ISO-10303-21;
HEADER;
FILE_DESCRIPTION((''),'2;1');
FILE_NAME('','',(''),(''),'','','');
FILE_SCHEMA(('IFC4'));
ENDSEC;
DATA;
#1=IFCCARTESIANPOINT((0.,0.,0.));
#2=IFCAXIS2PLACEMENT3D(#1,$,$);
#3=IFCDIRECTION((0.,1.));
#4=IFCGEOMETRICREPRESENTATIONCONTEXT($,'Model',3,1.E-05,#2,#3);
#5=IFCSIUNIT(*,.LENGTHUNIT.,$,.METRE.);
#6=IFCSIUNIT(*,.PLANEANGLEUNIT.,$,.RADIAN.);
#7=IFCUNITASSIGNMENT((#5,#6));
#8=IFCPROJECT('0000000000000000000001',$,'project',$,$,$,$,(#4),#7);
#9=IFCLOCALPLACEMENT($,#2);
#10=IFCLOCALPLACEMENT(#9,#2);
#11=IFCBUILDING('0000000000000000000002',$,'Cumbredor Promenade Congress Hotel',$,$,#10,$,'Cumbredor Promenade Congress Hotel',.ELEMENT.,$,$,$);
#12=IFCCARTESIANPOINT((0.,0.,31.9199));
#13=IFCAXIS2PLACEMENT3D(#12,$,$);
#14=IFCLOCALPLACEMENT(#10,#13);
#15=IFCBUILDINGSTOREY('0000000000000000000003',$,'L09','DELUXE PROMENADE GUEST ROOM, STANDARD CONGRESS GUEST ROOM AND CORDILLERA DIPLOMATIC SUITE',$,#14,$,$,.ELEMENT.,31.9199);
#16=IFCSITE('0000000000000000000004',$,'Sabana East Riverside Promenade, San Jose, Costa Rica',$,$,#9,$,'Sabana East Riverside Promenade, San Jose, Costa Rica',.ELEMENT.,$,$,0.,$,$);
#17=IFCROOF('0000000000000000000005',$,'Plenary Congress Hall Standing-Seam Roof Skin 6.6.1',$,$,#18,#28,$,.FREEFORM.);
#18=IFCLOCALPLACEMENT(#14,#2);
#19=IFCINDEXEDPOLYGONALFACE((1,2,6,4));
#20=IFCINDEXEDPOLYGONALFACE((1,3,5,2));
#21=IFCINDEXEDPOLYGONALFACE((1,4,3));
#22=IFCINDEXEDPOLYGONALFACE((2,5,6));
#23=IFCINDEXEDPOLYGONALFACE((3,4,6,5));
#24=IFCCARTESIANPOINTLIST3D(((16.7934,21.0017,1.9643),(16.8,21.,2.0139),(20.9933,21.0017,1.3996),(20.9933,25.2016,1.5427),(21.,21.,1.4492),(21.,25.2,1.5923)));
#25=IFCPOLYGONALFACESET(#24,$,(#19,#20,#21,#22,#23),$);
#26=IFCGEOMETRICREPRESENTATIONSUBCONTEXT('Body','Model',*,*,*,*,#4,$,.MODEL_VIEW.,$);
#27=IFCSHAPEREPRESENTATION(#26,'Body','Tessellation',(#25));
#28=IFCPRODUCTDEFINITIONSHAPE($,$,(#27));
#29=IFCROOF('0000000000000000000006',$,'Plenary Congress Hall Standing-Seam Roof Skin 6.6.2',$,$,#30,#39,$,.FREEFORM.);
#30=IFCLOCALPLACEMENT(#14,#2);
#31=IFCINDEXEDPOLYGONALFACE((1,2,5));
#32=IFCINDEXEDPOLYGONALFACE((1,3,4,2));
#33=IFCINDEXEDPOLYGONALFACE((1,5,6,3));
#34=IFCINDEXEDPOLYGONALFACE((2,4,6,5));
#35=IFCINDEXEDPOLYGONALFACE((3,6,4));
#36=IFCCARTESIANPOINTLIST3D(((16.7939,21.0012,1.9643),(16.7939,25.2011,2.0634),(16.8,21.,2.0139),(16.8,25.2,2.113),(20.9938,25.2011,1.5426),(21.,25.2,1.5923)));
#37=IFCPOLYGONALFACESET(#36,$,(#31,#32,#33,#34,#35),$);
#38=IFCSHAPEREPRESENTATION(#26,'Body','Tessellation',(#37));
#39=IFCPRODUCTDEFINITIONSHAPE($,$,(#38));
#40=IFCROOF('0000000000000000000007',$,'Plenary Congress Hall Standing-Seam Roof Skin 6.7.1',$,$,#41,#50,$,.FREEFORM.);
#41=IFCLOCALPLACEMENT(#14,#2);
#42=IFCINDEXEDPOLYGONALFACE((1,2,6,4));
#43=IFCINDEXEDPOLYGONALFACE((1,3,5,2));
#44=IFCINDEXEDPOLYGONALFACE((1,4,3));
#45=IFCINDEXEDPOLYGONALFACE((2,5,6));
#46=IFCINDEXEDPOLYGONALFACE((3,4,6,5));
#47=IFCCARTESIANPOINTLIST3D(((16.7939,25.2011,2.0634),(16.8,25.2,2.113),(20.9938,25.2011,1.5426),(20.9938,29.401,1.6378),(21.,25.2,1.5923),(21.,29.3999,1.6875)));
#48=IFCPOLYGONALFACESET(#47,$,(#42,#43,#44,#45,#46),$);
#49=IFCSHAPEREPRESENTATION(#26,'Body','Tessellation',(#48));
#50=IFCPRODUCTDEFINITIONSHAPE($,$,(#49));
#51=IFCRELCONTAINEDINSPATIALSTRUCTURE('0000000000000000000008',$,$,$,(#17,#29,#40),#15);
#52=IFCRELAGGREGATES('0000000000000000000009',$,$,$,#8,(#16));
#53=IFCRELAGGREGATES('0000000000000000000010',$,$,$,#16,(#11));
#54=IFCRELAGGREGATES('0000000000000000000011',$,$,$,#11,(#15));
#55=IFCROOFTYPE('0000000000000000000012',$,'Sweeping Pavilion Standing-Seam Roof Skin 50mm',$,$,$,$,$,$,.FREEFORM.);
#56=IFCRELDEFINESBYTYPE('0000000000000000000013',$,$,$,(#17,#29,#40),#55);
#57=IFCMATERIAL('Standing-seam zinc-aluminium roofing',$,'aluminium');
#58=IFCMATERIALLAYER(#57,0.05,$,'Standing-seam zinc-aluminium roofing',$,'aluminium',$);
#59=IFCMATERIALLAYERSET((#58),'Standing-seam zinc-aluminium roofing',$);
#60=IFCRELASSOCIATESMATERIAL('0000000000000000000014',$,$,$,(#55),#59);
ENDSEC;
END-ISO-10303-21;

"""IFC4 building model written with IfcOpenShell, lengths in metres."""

from ifc_helpers import new_model, si_unit, direction, frame, origin, place, context, subcontext, project, spatial, polyline, outline, extrude, material, layer, layer_set, type_object, element, save


model = new_model("IFC4")

# Units and contexts
model_context = context("Model", 3, precision=1e-05, world=origin(), true_north=direction((0.0, 1.0)))
body_context = subcontext(model_context, "Body", "Model", "MODEL_VIEW")
ifc_project = project(units=[si_unit("LENGTHUNIT", "METRE"), si_unit("PLANEANGLEUNIT", "RADIAN")], contexts=[model_context])

# Site, building, storey
site_placement = place(None, origin())
site = spatial("IfcSite", under=ifc_project, at=site_placement, Name="Sabana East Riverside Promenade, San Jose, Costa Rica", LongName="Sabana East Riverside Promenade, San Jose, Costa Rica", CompositionType="ELEMENT", RefElevation=0.0)
building_placement = place(site_placement, origin())
building = spatial("IfcBuilding", under=site, at=building_placement, Name="Cumbredor Promenade Congress Hotel", LongName="Cumbredor Promenade Congress Hotel", CompositionType="ELEMENT")
storey_placement = place(building_placement, frame((0.0, 0.0, 31.9199)))
storey = spatial("IfcBuildingStorey", under=building, at=storey_placement, Name="L09", Description="DELUXE PROMENADE GUEST ROOM, STANDARD CONGRESS GUEST ROOM AND CORDILLERA DIPLOMATIC SUITE", CompositionType="ELEMENT", Elevation=31.9199)

# Roofs
ifc_material_1 = material(Name="Standing-seam zinc-aluminium roofing", Category="aluminium")
ifc_layer_1 = layer(ifc_material_1, 0.05, Name="Standing-seam zinc-aluminium roofing", Category="aluminium")
ifc_layer_set_1 = layer_set([ifc_layer_1], Name="Standing-seam zinc-aluminium roofing")
roof_type = type_object("IfcRoofType", Name="Sweeping Pavilion Standing-Seam Roof Skin 50mm", PredefinedType="FREEFORM", material=ifc_layer_set_1)
roof_1_placement = place(storey_placement, frame((16.8, 21.0, 2.0139), z_axis=(0.133178, -0.033741, 0.990518), x_axis=(0.991082, 0.0, -0.133254)))
element("IfcRoof", 1, at=roof_1_placement, inside=storey, type_object=roof_type, Name="Plenary Congress Hall Standing-Seam Roof Skin 6.6.1", PredefinedType="FREEFORM", context=body_context, shape_type="SweptSolid", body=[
    extrude(outline(polyline([(0.0, 0.0), (4.2377, 0.0), (4.2187, 4.2023), (0.0, 0.0)])), origin(), (0.0, 0.0, -1.0), 0.05),
])
roof_2_placement = place(storey_placement, frame((16.8, 21.0, 2.0139), z_axis=(0.123014, -0.023415, 0.992129), x_axis=(0.705332, 0.705332, -0.070808)))
element("IfcRoof", 2, at=roof_2_placement, inside=storey, type_object=roof_type, Name="Plenary Congress Hall Standing-Seam Roof Skin 6.6.2", PredefinedType="FREEFORM", context=body_context, shape_type="SweptSolid", body=[
    extrude(outline(polyline([(0.0, 0.0), (5.9546, 0.0), (2.9553, 2.9859), (0.0, 0.0)])), origin(), (0.0, 0.0, -1.0), 0.05),
])
roof_3_placement = place(storey_placement, frame((16.8, 25.2, 2.113), z_axis=(0.123017, -0.022492, 0.99215), x_axis=(0.992401, 0.0, -0.123048)))
element("IfcRoof", 3, at=roof_3_placement, inside=storey, type_object=roof_type, Name="Plenary Congress Hall Standing-Seam Roof Skin 6.7.1", PredefinedType="FREEFORM", context=body_context, shape_type="SweptSolid", body=[
    extrude(outline(polyline([(0.0, 0.0), (4.2321, 0.0), (4.2204, 4.201), (0.0, 0.0)])), origin(), (0.0, 0.0, -1.0), 0.05),
])

save(model, "model.ifc")
